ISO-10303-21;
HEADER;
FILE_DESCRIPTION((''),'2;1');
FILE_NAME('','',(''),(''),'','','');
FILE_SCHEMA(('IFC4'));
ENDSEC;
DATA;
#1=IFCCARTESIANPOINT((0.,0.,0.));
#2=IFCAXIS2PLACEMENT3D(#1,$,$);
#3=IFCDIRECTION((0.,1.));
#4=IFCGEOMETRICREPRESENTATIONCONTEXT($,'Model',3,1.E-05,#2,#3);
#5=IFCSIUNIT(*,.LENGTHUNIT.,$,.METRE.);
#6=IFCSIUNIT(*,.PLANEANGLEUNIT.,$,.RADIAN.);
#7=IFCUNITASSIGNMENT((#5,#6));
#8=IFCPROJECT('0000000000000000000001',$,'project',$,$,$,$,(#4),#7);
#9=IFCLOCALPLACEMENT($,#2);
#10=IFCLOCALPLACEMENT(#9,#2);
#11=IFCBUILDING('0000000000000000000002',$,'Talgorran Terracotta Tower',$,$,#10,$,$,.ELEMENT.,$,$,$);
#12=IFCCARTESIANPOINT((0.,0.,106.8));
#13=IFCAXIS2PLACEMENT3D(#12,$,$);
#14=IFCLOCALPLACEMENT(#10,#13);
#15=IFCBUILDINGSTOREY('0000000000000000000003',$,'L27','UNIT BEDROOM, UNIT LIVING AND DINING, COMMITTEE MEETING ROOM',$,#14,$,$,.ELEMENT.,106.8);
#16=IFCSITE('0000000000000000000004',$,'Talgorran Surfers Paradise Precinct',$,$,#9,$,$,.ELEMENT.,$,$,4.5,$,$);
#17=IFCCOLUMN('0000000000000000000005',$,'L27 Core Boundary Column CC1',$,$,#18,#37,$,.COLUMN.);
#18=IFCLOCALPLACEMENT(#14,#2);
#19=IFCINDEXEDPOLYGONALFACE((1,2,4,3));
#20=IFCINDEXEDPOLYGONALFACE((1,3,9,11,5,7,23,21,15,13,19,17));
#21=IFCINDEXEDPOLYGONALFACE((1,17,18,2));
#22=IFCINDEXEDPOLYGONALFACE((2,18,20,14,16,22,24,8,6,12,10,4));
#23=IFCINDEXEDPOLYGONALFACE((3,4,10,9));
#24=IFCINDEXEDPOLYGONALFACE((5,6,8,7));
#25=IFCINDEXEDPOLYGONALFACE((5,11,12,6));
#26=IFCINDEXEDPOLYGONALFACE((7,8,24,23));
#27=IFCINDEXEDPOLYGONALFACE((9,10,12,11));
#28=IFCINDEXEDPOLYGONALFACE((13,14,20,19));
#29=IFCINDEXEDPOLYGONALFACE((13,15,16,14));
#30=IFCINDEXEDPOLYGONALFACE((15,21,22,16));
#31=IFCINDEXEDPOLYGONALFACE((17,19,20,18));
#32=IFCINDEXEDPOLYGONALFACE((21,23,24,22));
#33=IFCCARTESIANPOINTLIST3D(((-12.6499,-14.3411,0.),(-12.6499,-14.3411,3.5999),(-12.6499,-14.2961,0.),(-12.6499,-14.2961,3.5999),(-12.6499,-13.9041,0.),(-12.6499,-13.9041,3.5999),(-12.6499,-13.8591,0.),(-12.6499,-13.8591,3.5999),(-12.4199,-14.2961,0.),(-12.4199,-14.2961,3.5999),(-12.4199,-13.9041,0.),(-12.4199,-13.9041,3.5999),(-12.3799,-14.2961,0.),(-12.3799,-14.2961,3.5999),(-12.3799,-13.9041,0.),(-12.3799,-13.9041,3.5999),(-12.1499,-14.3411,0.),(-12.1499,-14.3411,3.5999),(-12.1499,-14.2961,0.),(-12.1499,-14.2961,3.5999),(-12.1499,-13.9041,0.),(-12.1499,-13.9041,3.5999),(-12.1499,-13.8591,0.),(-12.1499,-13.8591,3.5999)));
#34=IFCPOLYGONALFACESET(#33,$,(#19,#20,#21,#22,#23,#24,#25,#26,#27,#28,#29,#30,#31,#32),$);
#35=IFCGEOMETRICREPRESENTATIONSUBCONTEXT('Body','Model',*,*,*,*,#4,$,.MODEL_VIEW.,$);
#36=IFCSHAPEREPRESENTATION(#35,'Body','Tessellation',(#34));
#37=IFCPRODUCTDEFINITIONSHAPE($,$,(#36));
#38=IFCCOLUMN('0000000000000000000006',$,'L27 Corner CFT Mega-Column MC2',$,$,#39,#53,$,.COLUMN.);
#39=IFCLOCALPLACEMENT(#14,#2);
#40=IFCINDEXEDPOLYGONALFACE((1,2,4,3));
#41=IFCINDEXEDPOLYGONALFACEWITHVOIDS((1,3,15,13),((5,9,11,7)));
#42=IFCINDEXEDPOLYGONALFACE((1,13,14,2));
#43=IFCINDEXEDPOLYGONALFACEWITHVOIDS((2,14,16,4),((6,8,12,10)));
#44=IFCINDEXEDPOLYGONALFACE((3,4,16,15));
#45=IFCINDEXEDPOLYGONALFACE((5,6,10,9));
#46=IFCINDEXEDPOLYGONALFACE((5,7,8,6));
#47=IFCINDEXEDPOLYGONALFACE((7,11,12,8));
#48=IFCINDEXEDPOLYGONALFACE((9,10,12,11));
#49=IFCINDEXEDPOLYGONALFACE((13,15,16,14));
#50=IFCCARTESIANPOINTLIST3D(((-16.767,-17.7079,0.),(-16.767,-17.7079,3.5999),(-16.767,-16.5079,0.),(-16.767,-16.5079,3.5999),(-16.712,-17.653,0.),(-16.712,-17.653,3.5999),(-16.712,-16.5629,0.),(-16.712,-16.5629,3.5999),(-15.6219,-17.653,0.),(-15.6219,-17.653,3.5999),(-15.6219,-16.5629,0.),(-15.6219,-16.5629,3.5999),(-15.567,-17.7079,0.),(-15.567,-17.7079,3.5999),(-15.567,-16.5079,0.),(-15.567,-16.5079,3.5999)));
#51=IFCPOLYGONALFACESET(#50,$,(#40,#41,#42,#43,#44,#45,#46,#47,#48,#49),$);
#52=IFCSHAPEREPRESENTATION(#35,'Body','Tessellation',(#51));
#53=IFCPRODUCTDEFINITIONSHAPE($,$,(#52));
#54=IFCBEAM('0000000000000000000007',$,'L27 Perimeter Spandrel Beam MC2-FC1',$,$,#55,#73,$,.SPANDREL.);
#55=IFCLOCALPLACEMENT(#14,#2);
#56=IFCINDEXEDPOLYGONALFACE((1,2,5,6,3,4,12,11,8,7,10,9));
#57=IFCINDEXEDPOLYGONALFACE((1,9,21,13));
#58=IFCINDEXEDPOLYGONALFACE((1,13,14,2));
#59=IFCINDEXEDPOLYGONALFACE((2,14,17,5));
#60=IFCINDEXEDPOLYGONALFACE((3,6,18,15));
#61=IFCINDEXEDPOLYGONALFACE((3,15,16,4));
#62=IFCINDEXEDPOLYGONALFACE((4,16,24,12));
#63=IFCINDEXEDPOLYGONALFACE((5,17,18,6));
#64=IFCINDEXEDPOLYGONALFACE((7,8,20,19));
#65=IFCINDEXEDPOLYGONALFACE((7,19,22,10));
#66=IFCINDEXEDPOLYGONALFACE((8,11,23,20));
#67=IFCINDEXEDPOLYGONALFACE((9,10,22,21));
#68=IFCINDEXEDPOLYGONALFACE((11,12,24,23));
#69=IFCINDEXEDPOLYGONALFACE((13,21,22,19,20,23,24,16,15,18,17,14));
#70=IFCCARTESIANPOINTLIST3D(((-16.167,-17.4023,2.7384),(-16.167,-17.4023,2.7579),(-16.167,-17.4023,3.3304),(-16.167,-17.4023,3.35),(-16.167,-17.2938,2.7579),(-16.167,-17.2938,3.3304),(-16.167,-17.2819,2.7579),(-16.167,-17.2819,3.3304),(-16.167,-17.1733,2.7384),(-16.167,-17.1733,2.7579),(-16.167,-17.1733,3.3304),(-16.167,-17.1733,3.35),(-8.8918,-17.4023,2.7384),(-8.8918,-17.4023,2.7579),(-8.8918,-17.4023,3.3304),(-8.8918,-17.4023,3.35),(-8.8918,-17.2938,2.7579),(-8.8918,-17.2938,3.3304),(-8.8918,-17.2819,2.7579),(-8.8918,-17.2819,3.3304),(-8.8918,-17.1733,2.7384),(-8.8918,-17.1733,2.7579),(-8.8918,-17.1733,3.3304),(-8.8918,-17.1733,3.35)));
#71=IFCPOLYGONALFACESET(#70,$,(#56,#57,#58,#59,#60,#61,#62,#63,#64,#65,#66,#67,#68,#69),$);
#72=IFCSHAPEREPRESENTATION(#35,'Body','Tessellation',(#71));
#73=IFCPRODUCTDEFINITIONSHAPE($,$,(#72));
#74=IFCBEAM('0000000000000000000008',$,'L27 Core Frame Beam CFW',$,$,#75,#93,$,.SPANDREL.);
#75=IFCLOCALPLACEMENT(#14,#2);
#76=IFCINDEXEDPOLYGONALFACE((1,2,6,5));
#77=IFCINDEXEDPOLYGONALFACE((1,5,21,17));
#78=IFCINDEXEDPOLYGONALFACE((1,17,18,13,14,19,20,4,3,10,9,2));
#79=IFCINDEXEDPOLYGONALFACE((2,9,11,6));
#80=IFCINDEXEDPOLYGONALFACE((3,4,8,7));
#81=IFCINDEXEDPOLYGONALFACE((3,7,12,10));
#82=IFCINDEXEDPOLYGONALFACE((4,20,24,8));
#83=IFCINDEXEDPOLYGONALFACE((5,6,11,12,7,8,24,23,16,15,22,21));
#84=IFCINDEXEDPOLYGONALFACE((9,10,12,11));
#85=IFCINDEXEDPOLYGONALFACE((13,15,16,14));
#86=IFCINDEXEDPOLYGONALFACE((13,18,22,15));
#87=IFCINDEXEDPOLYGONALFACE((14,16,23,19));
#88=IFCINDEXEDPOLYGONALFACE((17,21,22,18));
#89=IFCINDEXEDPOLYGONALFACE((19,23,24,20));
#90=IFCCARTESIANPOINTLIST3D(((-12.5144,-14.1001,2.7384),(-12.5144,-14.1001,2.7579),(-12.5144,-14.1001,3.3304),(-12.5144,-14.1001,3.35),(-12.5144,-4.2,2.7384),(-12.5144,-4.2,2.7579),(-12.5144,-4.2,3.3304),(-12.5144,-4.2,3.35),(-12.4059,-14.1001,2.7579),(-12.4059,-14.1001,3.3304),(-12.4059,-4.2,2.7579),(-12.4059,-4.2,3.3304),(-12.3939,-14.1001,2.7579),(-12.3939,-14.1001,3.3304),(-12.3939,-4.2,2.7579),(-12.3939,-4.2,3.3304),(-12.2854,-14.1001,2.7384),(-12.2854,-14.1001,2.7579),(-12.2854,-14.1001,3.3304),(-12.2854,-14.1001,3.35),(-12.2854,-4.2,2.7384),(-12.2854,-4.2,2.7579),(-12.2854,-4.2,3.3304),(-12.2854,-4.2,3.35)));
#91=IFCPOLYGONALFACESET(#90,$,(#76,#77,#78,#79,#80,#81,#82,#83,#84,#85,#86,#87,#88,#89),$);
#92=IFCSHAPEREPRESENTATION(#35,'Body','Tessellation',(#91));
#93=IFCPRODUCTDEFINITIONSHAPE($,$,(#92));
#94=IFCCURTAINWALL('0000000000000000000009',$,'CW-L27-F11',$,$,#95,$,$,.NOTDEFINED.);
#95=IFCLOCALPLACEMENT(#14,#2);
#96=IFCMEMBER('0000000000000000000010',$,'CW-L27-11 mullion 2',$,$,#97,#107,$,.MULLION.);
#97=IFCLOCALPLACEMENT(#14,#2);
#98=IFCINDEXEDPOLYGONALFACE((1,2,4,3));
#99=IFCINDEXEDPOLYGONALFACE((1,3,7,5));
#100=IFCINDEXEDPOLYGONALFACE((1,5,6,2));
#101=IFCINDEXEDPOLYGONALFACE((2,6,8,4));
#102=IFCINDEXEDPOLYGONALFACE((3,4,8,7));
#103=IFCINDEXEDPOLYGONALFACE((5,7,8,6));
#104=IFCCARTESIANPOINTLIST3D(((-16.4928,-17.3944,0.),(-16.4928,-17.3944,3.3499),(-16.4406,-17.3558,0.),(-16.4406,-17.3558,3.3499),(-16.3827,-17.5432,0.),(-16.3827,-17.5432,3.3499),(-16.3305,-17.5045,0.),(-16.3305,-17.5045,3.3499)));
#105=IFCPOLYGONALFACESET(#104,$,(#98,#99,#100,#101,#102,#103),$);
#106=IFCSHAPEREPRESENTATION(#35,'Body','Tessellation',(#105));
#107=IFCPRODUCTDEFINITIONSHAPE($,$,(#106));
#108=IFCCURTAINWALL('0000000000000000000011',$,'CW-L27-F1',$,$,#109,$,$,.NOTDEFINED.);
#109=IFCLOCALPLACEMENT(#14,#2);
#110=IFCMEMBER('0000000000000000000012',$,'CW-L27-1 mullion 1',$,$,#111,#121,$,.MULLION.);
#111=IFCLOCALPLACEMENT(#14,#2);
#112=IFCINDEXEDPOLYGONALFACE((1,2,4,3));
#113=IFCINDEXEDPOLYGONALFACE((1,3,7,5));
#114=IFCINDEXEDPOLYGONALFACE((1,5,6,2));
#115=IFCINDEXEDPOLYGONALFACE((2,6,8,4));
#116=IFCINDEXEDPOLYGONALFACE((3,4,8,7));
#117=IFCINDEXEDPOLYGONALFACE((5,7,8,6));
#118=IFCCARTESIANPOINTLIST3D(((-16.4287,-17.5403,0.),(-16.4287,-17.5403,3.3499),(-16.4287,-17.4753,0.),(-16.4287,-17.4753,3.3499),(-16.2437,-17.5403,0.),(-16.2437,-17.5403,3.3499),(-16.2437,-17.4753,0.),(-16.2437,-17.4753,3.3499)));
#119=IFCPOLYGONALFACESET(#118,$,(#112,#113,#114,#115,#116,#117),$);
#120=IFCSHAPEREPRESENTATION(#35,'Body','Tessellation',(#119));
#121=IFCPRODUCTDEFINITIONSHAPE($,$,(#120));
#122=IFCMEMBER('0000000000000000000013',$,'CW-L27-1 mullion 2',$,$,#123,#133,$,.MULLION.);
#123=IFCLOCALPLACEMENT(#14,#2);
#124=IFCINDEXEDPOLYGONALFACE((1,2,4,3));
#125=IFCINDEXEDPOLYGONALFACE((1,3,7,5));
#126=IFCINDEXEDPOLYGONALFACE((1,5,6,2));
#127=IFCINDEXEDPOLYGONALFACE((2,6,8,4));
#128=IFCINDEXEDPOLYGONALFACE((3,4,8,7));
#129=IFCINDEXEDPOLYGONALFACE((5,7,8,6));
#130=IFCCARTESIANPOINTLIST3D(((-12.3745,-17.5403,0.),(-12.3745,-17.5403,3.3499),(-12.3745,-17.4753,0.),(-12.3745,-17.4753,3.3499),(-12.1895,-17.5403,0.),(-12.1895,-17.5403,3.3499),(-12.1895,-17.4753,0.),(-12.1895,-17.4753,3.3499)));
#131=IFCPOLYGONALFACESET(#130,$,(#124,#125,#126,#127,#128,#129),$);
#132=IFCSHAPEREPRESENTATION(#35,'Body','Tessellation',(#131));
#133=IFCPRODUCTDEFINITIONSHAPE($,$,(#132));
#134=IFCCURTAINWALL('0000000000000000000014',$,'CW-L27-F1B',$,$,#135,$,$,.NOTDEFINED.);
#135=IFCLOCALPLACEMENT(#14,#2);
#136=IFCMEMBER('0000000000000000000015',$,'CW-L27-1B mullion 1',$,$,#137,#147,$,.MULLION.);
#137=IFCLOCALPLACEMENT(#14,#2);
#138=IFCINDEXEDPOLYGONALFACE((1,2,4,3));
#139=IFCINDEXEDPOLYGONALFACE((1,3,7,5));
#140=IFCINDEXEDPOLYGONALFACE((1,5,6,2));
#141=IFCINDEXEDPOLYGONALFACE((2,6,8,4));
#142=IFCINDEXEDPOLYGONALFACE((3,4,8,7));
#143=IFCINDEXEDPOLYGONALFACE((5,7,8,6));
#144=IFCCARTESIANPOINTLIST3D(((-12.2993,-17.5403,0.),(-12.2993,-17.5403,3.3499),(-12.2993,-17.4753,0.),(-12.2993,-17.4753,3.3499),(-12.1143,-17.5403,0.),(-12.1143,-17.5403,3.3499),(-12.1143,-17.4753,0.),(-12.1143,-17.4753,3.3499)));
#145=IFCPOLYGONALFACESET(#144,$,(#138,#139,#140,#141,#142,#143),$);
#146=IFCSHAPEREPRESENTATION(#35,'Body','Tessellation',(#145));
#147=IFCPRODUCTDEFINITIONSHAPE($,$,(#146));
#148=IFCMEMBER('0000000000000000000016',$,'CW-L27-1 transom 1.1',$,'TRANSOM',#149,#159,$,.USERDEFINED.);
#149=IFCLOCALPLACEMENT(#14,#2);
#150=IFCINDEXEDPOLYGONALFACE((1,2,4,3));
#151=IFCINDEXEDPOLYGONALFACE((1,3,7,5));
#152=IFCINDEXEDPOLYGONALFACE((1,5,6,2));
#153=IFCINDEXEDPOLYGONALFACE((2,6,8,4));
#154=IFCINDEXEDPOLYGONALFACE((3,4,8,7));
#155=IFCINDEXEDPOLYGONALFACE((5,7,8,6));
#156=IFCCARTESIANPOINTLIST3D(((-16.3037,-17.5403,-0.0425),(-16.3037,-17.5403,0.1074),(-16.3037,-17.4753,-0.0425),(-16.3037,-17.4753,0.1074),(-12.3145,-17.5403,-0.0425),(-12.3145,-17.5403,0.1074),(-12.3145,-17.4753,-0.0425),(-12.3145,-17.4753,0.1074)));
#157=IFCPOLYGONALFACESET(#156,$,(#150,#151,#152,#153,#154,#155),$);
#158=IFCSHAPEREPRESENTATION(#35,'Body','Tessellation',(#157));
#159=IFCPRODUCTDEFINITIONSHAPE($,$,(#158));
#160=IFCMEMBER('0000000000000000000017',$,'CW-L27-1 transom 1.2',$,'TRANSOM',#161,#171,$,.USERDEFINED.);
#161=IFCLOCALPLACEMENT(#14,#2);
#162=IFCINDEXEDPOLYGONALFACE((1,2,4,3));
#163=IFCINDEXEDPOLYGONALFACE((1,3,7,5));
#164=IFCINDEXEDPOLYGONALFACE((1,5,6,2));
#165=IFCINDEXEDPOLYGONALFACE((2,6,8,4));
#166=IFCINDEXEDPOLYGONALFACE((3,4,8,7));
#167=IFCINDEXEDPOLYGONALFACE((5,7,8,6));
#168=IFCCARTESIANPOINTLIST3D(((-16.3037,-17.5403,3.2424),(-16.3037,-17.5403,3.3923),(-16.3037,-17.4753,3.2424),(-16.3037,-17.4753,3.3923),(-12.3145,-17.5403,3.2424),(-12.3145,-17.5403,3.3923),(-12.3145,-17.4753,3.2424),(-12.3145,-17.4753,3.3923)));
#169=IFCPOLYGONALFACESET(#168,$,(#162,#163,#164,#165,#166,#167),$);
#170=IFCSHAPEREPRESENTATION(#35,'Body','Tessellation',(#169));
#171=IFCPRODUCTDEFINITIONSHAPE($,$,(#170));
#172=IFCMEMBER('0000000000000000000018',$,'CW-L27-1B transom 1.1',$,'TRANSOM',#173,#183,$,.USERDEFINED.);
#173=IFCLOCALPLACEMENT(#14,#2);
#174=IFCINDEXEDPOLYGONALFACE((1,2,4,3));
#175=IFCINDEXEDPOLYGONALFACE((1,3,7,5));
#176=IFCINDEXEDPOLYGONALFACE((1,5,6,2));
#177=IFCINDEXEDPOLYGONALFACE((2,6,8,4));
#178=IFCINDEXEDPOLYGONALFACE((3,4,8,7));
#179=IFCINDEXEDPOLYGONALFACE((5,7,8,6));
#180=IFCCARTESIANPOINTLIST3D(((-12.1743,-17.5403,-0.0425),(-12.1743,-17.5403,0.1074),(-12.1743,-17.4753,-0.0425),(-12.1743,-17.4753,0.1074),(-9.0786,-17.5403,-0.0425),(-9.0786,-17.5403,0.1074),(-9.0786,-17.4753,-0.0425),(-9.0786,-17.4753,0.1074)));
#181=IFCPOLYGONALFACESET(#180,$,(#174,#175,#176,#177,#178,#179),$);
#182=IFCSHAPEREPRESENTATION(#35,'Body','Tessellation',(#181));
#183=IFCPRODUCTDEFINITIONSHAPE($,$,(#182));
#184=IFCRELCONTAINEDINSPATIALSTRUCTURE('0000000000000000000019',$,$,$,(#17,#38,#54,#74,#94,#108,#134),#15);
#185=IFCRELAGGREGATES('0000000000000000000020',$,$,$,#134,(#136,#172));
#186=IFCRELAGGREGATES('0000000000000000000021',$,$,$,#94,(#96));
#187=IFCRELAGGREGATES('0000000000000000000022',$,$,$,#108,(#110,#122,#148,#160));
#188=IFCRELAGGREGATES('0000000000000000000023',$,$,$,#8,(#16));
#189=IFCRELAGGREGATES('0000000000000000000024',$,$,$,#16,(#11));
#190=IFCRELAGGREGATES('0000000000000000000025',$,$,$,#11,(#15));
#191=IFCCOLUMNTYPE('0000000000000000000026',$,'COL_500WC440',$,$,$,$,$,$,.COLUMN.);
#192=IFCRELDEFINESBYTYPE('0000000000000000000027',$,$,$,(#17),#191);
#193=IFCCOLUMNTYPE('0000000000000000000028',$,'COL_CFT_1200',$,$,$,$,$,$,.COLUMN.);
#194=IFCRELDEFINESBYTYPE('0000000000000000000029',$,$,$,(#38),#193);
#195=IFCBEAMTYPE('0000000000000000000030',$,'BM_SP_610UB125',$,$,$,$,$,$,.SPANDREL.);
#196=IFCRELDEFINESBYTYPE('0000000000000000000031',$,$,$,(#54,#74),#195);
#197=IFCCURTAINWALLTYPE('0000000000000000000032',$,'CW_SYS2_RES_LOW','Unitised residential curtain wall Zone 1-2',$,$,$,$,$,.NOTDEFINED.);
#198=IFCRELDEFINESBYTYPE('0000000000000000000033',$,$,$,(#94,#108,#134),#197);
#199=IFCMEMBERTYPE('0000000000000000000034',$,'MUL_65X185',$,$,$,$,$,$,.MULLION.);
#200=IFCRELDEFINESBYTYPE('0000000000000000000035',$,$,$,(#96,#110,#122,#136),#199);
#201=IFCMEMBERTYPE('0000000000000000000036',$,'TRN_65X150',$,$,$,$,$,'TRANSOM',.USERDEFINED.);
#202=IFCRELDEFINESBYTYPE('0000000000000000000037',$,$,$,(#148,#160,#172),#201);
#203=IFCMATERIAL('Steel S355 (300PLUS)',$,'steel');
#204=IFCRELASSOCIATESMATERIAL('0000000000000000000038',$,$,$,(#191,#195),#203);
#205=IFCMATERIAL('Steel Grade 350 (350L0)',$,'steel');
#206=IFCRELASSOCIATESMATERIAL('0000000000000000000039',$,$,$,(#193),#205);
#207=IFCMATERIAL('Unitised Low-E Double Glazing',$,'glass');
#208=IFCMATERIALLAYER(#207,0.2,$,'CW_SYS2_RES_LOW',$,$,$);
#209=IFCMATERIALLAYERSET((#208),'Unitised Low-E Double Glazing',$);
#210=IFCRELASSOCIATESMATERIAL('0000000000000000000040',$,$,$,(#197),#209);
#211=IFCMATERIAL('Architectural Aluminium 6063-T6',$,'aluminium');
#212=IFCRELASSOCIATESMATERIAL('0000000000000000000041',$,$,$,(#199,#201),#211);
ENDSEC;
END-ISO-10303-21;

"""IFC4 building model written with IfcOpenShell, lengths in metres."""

from ifc_helpers import new_model, si_unit, direction, frame, origin, origin_2d, place, context, subcontext, project, spatial, rectangle, hollow_rectangle, i_section, extrude, material, layer, layer_set, material_profile, profile_set, type_object, element, aggregate, save


model = new_model("IFC4")

# Units and contexts
model_context = context("Model", 3, precision=1e-05, world=origin(), true_north=direction((0.0, 1.0)))
body_context = subcontext(model_context, "Body", "Model", "MODEL_VIEW")
ifc_project = project(units=[si_unit("LENGTHUNIT", "METRE"), si_unit("PLANEANGLEUNIT", "RADIAN")], contexts=[model_context])

# Site, building, storey
site_placement = place(None, origin())
site = spatial("IfcSite", under=ifc_project, at=site_placement, Name="Talgorran Surfers Paradise Precinct", CompositionType="ELEMENT", RefElevation=4.5)
building_placement = place(site_placement, origin())
building = spatial("IfcBuilding", under=site, at=building_placement, Name="Talgorran Terracotta Tower", CompositionType="ELEMENT")
storey_placement = place(building_placement, frame((0.0, 0.0, 106.8)))
storey = spatial("IfcBuildingStorey", under=building, at=storey_placement, Name="L27", Description="UNIT BEDROOM, UNIT LIVING AND DINING, COMMITTEE MEETING ROOM", CompositionType="ELEMENT", Elevation=106.8)

# Columns
ifc_material_1 = material(Name="Steel S355 (300PLUS)", Category="steel")
ifc_material_profile_1 = material_profile(ifc_material_1, i_section(OverallWidth=0.5, OverallDepth=0.4819, WebThickness=0.04, FlangeThickness=0.0449, at=origin_2d()), Name="500WC440")
ifc_profile_set_1 = profile_set([ifc_material_profile_1], Name="Steel S355 (300PLUS)")
column_type_1 = type_object("IfcColumnType", Name="COL_500WC440", PredefinedType="COLUMN", material=ifc_profile_set_1)
column_1_placement = place(storey_placement, frame((-12.3999, -14.1001, 0.0), z_axis=(0.0, 0.0, 1.0), x_axis=(1.0, 0.0, 0.0)))
element("IfcColumn", 1, at=column_1_placement, inside=storey, type_object=column_type_1, Name="L27 Core Boundary Column CC1", PredefinedType="COLUMN", context=body_context, shape_type="SweptSolid", body=[
    extrude(i_section(OverallWidth=0.5, OverallDepth=0.4819, WebThickness=0.04, FlangeThickness=0.0449, at=origin_2d()), origin(), (0.0, 0.0, 1.0), 3.5999),
])
ifc_material_2 = material(Name="Steel Grade 350 (350L0)", Category="steel")
ifc_material_profile_2 = material_profile(ifc_material_2, hollow_rectangle(XDim=1.2, YDim=1.2, WallThickness=0.0549, at=origin_2d()), Name="CFT1200X1200X55")
ifc_profile_set_2 = profile_set([ifc_material_profile_2], Name="Steel Grade 350 (350L0)")
column_type_2 = type_object("IfcColumnType", Name="COL_CFT_1200", PredefinedType="COLUMN", material=ifc_profile_set_2)
column_2_placement = place(storey_placement, frame((-16.167, -17.1079, 0.0), z_axis=(0.0, 0.0, 1.0), x_axis=(1.0, 0.0, 0.0)))
element("IfcColumn", 2, at=column_2_placement, inside=storey, type_object=column_type_2, Name="L27 Corner CFT Mega-Column MC2", PredefinedType="COLUMN", context=body_context, shape_type="SweptSolid", body=[
    extrude(hollow_rectangle(XDim=1.2, YDim=1.2, WallThickness=0.0549, at=origin_2d()), origin(), (0.0, 0.0, 1.0), 3.5999),
])

# Beams
ifc_material_profile_3 = material_profile(ifc_material_1, i_section(OverallWidth=0.229, OverallDepth=0.6116, WebThickness=0.012, FlangeThickness=0.0195, at=origin_2d()), Name="610UB125")
ifc_profile_set_3 = profile_set([ifc_material_profile_3], Name="Steel S355 (300PLUS)")
beam_type = type_object("IfcBeamType", Name="BM_SP_610UB125", PredefinedType="SPANDREL", material=ifc_profile_set_3)
beam_1_placement = place(storey_placement, frame((-16.167, -17.2878, 3.0442), z_axis=(1.0, 0.0, 0.0), x_axis=(0.0, 1.0, 0.0)))
element("IfcBeam", 3, at=beam_1_placement, inside=storey, type_object=beam_type, Name="L27 Perimeter Spandrel Beam MC2-FC1", PredefinedType="SPANDREL", context=body_context, shape_type="SweptSolid", body=[
    extrude(i_section(OverallWidth=0.229, OverallDepth=0.6116, WebThickness=0.012, FlangeThickness=0.0195, at=origin_2d()), origin(), (0.0, 0.0, 1.0), 7.2751),
])
beam_2_placement = place(storey_placement, frame((-12.3999, -14.1001, 3.0442), z_axis=(0.0, 1.0, 0.0), x_axis=(-1.0, 0.0, 0.0)))
element("IfcBeam", 4, at=beam_2_placement, inside=storey, type_object=beam_type, Name="L27 Core Frame Beam CFW", PredefinedType="SPANDREL", context=body_context, shape_type="SweptSolid", body=[
    extrude(i_section(OverallWidth=0.229, OverallDepth=0.6116, WebThickness=0.012, FlangeThickness=0.0195, at=origin_2d()), origin(), (0.0, 0.0, 1.0), 9.9001),
])

# Curtain wall, member
ifc_material_3 = material(Name="Unitised Low-E Double Glazing", Category="glass")
ifc_layer_1 = layer(ifc_material_3, 0.2, Name="CW_SYS2_RES_LOW")
ifc_layer_set_1 = layer_set([ifc_layer_1], Name="Unitised Low-E Double Glazing")
curtain_wall_type = type_object("IfcCurtainWallType", Name="CW_SYS2_RES_LOW", Description="Unitised residential curtain wall Zone 1-2", PredefinedType="NOTDEFINED", material=ifc_layer_set_1)
curtain_wall_1_placement = place(storey_placement, origin())
curtain_wall_1 = element("IfcCurtainWall", 5, at=curtain_wall_1_placement, inside=storey, type_object=curtain_wall_type, Name="CW-L27-F11", PredefinedType="NOTDEFINED")
ifc_material_4 = material(Name="Architectural Aluminium 6063-T6", Category="aluminium")
ifc_material_profile_4 = material_profile(ifc_material_4, rectangle(XDim=0.0649, YDim=0.1851, at=origin_2d()), Name="CWM65X185")
ifc_profile_set_4 = profile_set([ifc_material_profile_4], Name="Architectural Aluminium 6063-T6")
member_type_1 = type_object("IfcMemberType", Name="MUL_65X185", PredefinedType="MULLION", material=ifc_profile_set_4)
member_1_placement = place(storey_placement, frame((-16.4116, -17.4495, 0.0), z_axis=(0.0, 0.0, 1.0), x_axis=(0.803788, 0.594916, 0.0)))
member_1 = element("IfcMember", 6, at=member_1_placement, type_object=member_type_1, Name="CW-L27-11 mullion 2", PredefinedType="MULLION", context=body_context, shape_type="SweptSolid", body=[
    extrude(rectangle(XDim=0.0649, YDim=0.1851, at=origin_2d()), origin(), (0.0, 0.0, 1.0), 3.3499),
])

# Curtain wall, members
curtain_wall_2_placement = place(storey_placement, origin())
curtain_wall_2 = element("IfcCurtainWall", 7, at=curtain_wall_2_placement, inside=storey, type_object=curtain_wall_type, Name="CW-L27-F1", PredefinedType="NOTDEFINED")
member_2_placement = place(storey_placement, frame((-16.3362, -17.5078, 0.0), z_axis=(0.0, 0.0, 1.0), x_axis=(0.0, 1.0, 0.0)))
member_2 = element("IfcMember", 8, at=member_2_placement, type_object=member_type_1, Name="CW-L27-1 mullion 1", PredefinedType="MULLION", context=body_context, shape_type="SweptSolid", body=[
    extrude(rectangle(XDim=0.0649, YDim=0.1851, at=origin_2d()), origin(), (0.0, 0.0, 1.0), 3.3499),
])
member_3_placement = place(storey_placement, frame((-12.282, -17.5078, 0.0), z_axis=(0.0, 0.0, 1.0), x_axis=(0.0, 1.0, 0.0)))
member_3 = element("IfcMember", 9, at=member_3_placement, type_object=member_type_1, Name="CW-L27-1 mullion 2", PredefinedType="MULLION", context=body_context, shape_type="SweptSolid", body=[
    extrude(rectangle(XDim=0.0649, YDim=0.1851, at=origin_2d()), origin(), (0.0, 0.0, 1.0), 3.3499),
])

# Curtain wall, member
curtain_wall_3_placement = place(storey_placement, origin())
curtain_wall_3 = element("IfcCurtainWall", 10, at=curtain_wall_3_placement, inside=storey, type_object=curtain_wall_type, Name="CW-L27-F1B", PredefinedType="NOTDEFINED")
member_4_placement = place(storey_placement, frame((-12.2068, -17.5078, 0.0), z_axis=(0.0, 0.0, 1.0), x_axis=(0.0, 1.0, 0.0)))
member_4 = element("IfcMember", 11, at=member_4_placement, type_object=member_type_1, Name="CW-L27-1B mullion 1", PredefinedType="MULLION", context=body_context, shape_type="SweptSolid", body=[
    extrude(rectangle(XDim=0.0649, YDim=0.1851, at=origin_2d()), origin(), (0.0, 0.0, 1.0), 3.3499),
])

# Members
ifc_material_profile_5 = material_profile(ifc_material_4, rectangle(XDim=0.0649, YDim=0.1499, at=origin_2d()), Name="CWT65X150")
ifc_profile_set_5 = profile_set([ifc_material_profile_5], Name="Architectural Aluminium 6063-T6")
member_type_2 = type_object("IfcMemberType", Name="TRN_65X150", ElementType="TRANSOM", PredefinedType="USERDEFINED", material=ifc_profile_set_5)
member_5_placement = place(storey_placement, frame((-16.3037, -17.5078, 0.0325), z_axis=(1.0, 0.0, 0.0), x_axis=(0.0, 1.0, 0.0)))
member_5 = element("IfcMember", 12, at=member_5_placement, type_object=member_type_2, Name="CW-L27-1 transom 1.1", ObjectType="TRANSOM", PredefinedType="USERDEFINED", context=body_context, shape_type="SweptSolid", body=[
    extrude(rectangle(XDim=0.0649, YDim=0.1499, at=origin_2d()), origin(), (0.0, 0.0, 1.0), 3.9893),
])
member_6_placement = place(storey_placement, frame((-16.3037, -17.5078, 3.3174), z_axis=(1.0, 0.0, 0.0), x_axis=(0.0, 1.0, 0.0)))
member_6 = element("IfcMember", 13, at=member_6_placement, type_object=member_type_2, Name="CW-L27-1 transom 1.2", ObjectType="TRANSOM", PredefinedType="USERDEFINED", context=body_context, shape_type="SweptSolid", body=[
    extrude(rectangle(XDim=0.0649, YDim=0.1499, at=origin_2d()), origin(), (0.0, 0.0, 1.0), 3.9893),
])
member_7_placement = place(storey_placement, frame((-12.1743, -17.5078, 0.0325), z_axis=(1.0, 0.0, 0.0), x_axis=(0.0, 1.0, 0.0)))
member_7 = element("IfcMember", 14, at=member_7_placement, type_object=member_type_2, Name="CW-L27-1B transom 1.1", ObjectType="TRANSOM", PredefinedType="USERDEFINED", context=body_context, shape_type="SweptSolid", body=[
    extrude(rectangle(XDim=0.0649, YDim=0.1499, at=origin_2d()), origin(), (0.0, 0.0, 1.0), 3.0957),
])
aggregate(curtain_wall_3, [member_4, member_7])

aggregate(curtain_wall_1, [member_1])
aggregate(curtain_wall_2, [member_2, member_3, member_5, member_6])

save(model, "model.ifc")
